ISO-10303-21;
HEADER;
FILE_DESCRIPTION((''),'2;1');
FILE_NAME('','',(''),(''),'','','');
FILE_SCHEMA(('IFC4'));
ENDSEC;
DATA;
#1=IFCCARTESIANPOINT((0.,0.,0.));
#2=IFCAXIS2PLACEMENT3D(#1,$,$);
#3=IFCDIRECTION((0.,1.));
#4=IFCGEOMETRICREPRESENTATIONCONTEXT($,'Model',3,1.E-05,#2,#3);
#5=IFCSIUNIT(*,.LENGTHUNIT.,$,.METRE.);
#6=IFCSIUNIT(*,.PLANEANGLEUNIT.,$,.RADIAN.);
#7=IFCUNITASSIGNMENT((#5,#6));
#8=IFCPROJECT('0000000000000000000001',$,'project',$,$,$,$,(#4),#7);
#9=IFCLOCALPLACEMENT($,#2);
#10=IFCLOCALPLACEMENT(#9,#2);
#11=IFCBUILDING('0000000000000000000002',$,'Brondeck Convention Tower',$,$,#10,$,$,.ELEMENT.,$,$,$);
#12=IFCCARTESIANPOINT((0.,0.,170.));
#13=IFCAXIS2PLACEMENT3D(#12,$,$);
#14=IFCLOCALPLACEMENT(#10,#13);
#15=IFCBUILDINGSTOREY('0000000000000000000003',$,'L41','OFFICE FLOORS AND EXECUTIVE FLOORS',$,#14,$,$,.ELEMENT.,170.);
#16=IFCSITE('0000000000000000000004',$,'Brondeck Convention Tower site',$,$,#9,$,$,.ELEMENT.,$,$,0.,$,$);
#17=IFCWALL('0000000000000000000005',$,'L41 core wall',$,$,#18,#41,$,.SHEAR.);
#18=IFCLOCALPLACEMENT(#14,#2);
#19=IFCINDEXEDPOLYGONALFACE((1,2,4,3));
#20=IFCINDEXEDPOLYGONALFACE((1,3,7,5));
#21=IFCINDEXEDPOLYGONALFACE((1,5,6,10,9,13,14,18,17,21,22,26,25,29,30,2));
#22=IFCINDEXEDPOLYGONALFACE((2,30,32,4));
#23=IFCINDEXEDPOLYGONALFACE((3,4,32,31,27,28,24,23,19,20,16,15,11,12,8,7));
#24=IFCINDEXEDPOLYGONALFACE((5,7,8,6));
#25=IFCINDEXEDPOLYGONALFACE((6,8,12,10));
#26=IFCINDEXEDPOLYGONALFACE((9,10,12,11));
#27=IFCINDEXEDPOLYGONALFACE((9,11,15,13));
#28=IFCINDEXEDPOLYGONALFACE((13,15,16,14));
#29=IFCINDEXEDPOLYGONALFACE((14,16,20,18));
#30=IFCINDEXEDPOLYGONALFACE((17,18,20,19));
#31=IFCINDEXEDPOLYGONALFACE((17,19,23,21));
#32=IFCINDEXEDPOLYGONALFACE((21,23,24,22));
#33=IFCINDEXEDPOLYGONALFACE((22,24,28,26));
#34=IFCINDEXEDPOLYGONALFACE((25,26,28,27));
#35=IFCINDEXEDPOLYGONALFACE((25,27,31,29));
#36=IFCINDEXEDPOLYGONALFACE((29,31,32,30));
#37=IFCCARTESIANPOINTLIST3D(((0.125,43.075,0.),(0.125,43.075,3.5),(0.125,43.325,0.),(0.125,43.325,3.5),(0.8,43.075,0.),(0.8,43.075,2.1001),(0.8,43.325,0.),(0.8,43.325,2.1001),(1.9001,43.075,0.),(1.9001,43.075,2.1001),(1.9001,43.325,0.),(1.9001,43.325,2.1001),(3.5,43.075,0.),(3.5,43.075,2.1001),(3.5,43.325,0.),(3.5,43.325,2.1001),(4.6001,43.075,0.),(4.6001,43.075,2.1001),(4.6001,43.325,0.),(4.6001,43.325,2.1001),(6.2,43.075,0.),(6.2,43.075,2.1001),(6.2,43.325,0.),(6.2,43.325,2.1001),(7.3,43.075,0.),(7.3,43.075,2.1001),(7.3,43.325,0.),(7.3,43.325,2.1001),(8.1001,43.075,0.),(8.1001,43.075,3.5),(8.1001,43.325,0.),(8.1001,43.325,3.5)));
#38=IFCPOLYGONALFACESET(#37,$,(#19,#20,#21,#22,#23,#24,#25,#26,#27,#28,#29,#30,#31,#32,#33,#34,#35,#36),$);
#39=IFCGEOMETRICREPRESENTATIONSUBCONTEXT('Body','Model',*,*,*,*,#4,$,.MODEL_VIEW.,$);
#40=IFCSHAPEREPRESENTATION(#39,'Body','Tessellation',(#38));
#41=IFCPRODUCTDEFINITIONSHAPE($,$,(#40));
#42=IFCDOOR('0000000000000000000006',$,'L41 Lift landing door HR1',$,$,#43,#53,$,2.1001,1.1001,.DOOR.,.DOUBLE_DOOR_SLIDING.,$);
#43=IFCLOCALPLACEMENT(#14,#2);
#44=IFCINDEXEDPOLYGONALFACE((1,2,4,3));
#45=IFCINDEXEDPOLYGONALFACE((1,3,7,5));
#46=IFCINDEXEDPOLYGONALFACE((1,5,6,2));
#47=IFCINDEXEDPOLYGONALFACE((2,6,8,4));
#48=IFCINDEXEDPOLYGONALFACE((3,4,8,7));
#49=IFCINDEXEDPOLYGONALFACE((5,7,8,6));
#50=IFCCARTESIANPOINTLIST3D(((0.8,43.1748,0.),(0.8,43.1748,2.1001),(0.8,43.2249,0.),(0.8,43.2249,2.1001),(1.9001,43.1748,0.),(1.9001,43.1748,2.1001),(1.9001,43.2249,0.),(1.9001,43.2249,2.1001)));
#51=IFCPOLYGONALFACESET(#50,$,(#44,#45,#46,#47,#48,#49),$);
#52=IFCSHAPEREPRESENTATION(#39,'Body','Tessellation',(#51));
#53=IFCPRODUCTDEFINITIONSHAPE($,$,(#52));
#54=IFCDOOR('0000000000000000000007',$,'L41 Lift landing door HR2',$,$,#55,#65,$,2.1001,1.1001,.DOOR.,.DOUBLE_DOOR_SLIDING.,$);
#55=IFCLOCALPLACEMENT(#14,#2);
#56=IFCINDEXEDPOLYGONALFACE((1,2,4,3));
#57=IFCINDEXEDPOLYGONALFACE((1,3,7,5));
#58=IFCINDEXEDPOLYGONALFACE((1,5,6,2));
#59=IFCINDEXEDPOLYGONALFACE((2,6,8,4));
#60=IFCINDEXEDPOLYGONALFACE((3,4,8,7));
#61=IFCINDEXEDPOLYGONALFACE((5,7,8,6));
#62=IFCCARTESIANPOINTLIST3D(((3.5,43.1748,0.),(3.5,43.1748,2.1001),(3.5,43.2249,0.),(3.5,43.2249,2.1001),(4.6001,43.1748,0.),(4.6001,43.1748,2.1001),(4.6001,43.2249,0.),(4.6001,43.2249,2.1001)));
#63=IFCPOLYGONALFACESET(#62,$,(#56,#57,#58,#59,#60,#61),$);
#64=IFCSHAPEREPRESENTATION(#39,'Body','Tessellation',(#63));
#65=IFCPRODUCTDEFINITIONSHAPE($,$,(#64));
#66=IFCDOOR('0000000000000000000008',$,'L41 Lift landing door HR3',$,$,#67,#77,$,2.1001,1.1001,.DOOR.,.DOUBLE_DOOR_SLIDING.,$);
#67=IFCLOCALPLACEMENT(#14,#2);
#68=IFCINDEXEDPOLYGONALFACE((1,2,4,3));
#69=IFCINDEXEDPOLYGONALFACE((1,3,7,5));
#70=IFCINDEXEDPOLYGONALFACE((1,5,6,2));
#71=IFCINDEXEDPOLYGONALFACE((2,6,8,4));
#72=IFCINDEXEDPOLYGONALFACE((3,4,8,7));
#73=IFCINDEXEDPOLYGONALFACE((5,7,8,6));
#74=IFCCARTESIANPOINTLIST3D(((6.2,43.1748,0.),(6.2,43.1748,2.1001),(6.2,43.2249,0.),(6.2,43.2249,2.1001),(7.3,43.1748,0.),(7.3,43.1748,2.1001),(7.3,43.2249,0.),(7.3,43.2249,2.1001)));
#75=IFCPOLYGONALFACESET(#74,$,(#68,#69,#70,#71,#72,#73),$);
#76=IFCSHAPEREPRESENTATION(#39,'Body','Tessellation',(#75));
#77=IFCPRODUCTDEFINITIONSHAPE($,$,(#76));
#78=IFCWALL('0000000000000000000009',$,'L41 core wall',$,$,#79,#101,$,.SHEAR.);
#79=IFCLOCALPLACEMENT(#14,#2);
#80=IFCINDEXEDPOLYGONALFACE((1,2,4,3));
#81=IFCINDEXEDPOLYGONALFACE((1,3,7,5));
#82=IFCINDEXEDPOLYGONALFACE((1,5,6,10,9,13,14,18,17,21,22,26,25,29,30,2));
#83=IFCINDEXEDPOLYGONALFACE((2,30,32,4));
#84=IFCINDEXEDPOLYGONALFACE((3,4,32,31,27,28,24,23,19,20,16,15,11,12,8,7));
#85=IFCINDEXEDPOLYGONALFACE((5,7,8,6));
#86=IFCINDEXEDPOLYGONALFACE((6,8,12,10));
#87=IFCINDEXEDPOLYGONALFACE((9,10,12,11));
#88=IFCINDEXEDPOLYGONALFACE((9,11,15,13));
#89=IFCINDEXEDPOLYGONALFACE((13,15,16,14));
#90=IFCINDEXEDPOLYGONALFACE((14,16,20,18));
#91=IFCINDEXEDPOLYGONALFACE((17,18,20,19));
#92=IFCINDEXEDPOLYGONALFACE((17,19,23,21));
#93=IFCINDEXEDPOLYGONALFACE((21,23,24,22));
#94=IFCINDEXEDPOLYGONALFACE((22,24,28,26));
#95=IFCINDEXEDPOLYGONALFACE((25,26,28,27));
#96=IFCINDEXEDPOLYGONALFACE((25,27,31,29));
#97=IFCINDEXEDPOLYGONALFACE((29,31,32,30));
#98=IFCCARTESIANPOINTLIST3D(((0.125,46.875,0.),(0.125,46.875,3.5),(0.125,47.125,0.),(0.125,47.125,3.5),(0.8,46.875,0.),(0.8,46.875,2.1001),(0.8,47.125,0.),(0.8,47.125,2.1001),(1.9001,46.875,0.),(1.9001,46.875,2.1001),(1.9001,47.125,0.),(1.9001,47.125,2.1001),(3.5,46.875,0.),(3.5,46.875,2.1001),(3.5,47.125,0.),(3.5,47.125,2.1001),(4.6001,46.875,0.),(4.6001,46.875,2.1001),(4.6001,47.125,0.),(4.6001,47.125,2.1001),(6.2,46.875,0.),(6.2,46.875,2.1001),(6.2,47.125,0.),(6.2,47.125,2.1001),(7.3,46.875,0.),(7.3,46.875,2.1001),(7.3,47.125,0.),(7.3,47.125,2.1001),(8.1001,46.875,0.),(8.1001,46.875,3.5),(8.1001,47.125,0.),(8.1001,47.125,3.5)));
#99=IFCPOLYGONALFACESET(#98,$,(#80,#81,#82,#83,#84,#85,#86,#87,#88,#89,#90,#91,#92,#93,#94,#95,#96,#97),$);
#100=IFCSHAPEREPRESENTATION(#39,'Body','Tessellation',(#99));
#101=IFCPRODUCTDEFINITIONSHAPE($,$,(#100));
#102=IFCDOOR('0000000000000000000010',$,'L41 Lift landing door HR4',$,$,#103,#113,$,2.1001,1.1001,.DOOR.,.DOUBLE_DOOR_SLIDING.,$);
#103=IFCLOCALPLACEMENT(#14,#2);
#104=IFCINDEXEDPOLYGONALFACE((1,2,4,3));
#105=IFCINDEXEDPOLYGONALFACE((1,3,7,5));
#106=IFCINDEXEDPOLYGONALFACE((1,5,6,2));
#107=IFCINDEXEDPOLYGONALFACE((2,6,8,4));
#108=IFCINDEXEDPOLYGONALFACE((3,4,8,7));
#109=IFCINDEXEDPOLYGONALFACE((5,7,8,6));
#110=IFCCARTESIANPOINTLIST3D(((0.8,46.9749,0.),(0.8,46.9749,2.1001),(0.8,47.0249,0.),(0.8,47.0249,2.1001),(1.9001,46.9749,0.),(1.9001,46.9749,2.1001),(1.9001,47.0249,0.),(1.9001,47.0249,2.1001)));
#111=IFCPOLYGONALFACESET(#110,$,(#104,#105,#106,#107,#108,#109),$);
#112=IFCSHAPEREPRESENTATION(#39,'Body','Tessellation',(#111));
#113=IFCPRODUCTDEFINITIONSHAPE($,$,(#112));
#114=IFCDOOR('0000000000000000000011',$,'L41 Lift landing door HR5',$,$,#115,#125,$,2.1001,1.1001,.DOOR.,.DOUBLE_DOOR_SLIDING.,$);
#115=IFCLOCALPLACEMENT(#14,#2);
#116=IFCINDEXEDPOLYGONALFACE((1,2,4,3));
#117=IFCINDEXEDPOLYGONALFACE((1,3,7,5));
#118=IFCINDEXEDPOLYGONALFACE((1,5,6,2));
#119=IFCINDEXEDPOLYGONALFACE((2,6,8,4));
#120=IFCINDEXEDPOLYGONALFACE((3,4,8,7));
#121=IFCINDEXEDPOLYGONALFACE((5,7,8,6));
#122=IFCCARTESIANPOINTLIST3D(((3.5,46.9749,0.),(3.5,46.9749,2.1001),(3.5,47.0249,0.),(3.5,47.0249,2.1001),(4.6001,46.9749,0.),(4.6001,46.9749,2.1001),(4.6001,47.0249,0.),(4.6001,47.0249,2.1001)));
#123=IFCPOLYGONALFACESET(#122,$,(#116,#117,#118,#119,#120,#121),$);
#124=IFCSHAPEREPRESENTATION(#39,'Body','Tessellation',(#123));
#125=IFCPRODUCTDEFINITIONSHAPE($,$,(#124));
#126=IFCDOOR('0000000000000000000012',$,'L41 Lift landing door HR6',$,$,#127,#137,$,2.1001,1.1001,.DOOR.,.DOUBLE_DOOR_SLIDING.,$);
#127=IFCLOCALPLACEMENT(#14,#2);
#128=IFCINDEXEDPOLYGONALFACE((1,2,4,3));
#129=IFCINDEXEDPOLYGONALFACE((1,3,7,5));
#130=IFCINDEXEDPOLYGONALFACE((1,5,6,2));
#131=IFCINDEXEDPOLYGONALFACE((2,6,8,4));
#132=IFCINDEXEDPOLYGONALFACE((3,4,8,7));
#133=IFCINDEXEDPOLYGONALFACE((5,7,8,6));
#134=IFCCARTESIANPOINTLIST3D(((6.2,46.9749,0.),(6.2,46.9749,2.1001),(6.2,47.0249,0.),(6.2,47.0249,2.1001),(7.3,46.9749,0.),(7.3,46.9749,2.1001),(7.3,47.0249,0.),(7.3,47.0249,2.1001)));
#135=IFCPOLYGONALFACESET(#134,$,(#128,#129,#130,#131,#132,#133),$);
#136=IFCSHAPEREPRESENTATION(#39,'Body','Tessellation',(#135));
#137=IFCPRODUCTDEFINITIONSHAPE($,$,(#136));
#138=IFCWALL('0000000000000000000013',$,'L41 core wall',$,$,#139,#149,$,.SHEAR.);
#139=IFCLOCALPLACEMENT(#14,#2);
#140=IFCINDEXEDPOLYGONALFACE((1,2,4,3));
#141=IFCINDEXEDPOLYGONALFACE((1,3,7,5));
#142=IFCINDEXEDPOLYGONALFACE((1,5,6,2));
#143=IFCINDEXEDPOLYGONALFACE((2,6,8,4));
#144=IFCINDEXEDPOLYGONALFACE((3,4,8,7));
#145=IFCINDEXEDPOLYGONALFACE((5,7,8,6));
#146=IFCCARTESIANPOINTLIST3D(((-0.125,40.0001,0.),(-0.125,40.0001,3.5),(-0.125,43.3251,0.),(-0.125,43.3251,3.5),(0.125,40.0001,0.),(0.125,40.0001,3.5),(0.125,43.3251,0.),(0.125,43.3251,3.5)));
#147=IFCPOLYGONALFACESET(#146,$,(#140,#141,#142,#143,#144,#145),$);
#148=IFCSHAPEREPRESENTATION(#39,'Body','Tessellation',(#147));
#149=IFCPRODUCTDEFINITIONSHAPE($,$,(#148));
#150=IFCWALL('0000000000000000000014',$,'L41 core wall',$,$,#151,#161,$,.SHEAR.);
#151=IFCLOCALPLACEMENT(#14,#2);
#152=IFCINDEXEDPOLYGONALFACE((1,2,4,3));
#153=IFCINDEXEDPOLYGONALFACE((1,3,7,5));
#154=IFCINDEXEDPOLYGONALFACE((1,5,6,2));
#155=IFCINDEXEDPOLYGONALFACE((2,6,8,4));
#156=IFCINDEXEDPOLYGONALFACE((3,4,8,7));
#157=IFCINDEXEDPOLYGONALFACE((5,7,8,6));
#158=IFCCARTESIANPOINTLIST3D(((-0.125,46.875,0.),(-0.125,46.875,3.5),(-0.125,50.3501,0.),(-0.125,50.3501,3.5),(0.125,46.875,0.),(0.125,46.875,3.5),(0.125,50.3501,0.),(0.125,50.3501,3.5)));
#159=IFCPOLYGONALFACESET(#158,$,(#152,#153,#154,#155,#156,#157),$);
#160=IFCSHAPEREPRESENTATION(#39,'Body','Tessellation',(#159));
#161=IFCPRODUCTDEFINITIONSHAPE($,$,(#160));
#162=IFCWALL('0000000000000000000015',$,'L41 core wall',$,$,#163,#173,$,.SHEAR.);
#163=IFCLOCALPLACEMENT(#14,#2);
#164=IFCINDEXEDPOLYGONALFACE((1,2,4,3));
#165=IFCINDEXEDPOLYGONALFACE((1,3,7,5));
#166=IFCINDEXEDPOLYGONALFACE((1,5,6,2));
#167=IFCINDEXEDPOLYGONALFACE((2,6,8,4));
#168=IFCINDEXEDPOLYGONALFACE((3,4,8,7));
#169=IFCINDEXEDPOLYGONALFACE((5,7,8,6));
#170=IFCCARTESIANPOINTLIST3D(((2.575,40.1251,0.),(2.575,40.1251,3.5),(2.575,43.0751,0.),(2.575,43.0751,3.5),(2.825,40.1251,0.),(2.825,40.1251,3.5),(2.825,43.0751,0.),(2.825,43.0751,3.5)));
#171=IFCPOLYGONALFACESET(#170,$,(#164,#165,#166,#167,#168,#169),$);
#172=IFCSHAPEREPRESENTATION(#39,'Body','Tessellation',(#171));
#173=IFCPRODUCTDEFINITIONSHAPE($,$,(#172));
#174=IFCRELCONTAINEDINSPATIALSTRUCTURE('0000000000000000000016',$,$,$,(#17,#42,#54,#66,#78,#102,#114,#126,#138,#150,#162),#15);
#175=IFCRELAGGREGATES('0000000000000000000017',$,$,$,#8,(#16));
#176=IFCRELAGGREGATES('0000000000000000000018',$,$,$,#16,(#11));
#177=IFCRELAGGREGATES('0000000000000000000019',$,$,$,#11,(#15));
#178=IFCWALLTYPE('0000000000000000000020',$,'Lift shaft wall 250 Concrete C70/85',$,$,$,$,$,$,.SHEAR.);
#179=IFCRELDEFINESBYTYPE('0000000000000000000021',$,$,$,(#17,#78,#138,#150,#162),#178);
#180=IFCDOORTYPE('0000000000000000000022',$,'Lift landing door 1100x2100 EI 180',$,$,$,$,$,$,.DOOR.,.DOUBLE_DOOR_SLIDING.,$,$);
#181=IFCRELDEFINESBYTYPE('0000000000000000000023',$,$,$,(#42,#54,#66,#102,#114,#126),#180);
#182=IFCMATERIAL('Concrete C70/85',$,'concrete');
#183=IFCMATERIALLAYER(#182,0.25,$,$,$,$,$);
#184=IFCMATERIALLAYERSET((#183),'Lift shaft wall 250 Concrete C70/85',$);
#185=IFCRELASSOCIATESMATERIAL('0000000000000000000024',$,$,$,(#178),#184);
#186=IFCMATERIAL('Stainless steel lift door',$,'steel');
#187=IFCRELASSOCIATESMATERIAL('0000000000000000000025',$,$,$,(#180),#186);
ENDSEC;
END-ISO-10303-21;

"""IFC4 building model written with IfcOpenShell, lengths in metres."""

from ifc_helpers import new_model, si_unit, direction, frame, frame_2d, origin, place, context, subcontext, project, spatial, rectangle, extrude, material, layer, layer_set, type_object, element, fill, save


model = new_model("IFC4")

# Units and contexts
model_context = context("Model", 3, precision=1e-05, world=origin(), true_north=direction((0.0, 1.0)))
body_context = subcontext(model_context, "Body", "Model", "MODEL_VIEW")
ifc_project = project(units=[si_unit("LENGTHUNIT", "METRE"), si_unit("PLANEANGLEUNIT", "RADIAN")], contexts=[model_context])

# Site, building, storey
site_placement = place(None, origin())
site = spatial("IfcSite", under=ifc_project, at=site_placement, Name="Brondeck Convention Tower site", CompositionType="ELEMENT", RefElevation=0.0)
building_placement = place(site_placement, origin())
building = spatial("IfcBuilding", under=site, at=building_placement, Name="Brondeck Convention Tower", CompositionType="ELEMENT")
storey_placement = place(building_placement, frame((0.0, 0.0, 170.0)))
storey = spatial("IfcBuildingStorey", under=building, at=storey_placement, Name="L41", Description="OFFICE FLOORS AND EXECUTIVE FLOORS", CompositionType="ELEMENT", Elevation=170.0)

# Shared definitions
ifc_material_1 = material(Name="Concrete C70/85", Category="concrete")

# Shared definitions
ifc_layer_1 = layer(ifc_material_1, 0.25)
ifc_layer_set_1 = layer_set([ifc_layer_1], Name="Lift shaft wall 250 Concrete C70/85")
wall_type_1 = type_object("IfcWallType", Name="Lift shaft wall 250 Concrete C70/85", PredefinedType="SHEAR", material=ifc_layer_set_1)

# Walls, openings, doors
wall_1_placement = place(storey_placement, frame((0.125, 43.2, 0.0), z_axis=(0.0, 0.0, 1.0), x_axis=(1.0, 0.0, 0.0)))
wall_1 = element("IfcWall", 1, at=wall_1_placement, inside=storey, type_object=wall_type_1, Name="L41 core wall", PredefinedType="SHEAR", context=body_context, shape_type="SweptSolid", body=[
    extrude(rectangle(XDim=7.9751, YDim=0.25, at=frame_2d((3.9875, 0.0))), origin(), (0.0, 0.0, 1.0), 3.5),
])
opening_1_placement = place(wall_1_placement, frame((0.675, 0.0, 0.0)))
opening_1 = element("IfcOpeningElement", 2, at=opening_1_placement, cuts=wall_1, PredefinedType="OPENING", context=body_context, shape_type="SweptSolid", body=[
    extrude(rectangle(XDim=1.1001, YDim=2.1001, at=frame_2d((0.55, 1.05))), frame((0.0, 0.135, 0.0), z_axis=(0.0, -1.0, 0.0), x_axis=(1.0, 0.0, 0.0)), (0.0, 0.0, 1.0), 0.27),
])
opening_2_placement = place(wall_1_placement, frame((3.375, 0.0, 0.0)))
opening_2 = element("IfcOpeningElement", 3, at=opening_2_placement, cuts=wall_1, PredefinedType="OPENING", context=body_context, shape_type="SweptSolid", body=[
    extrude(rectangle(XDim=1.1001, YDim=2.1001, at=frame_2d((0.55, 1.05))), frame((0.0, 0.135, 0.0), z_axis=(0.0, -1.0, 0.0), x_axis=(1.0, 0.0, 0.0)), (0.0, 0.0, 1.0), 0.27),
])
opening_3_placement = place(wall_1_placement, frame((6.075, 0.0, 0.0)))
opening_3 = element("IfcOpeningElement", 4, at=opening_3_placement, cuts=wall_1, PredefinedType="OPENING", context=body_context, shape_type="SweptSolid", body=[
    extrude(rectangle(XDim=1.1001, YDim=2.1001, at=frame_2d((0.55, 1.05))), frame((0.0, 0.135, 0.0), z_axis=(0.0, -1.0, 0.0), x_axis=(1.0, 0.0, 0.0)), (0.0, 0.0, 1.0), 0.27),
])
ifc_material_2 = material(Name="Stainless steel lift door", Category="steel")
door_type_1 = type_object("IfcDoorType", Name="Lift landing door 1100x2100 EI 180", OperationType="DOUBLE_DOOR_SLIDING", PredefinedType="DOOR", material=ifc_material_2)
door_1_placement = place(opening_1_placement, origin())
door_1 = element("IfcDoor", 5, at=door_1_placement, inside=storey, type_object=door_type_1, Name="L41 Lift landing door HR1", OperationType="DOUBLE_DOOR_SLIDING", OverallHeight=2.1001, OverallWidth=1.1001, PredefinedType="DOOR", context=body_context, shape_type="SweptSolid", body=[
    extrude(rectangle(XDim=1.1001, YDim=2.1001, at=frame_2d((0.55, 1.05))), frame((0.0, 0.0249, 0.0), z_axis=(0.0, -1.0, 0.0), x_axis=(1.0, 0.0, 0.0)), (0.0, 0.0, 1.0), 0.05),
])
fill(opening_1, door_1)
door_2_placement = place(opening_2_placement, origin())
door_2 = element("IfcDoor", 6, at=door_2_placement, inside=storey, type_object=door_type_1, Name="L41 Lift landing door HR2", OperationType="DOUBLE_DOOR_SLIDING", OverallHeight=2.1001, OverallWidth=1.1001, PredefinedType="DOOR", context=body_context, shape_type="SweptSolid", body=[
    extrude(rectangle(XDim=1.1001, YDim=2.1001, at=frame_2d((0.55, 1.05))), frame((0.0, 0.0249, 0.0), z_axis=(0.0, -1.0, 0.0), x_axis=(1.0, 0.0, 0.0)), (0.0, 0.0, 1.0), 0.05),
])
fill(opening_2, door_2)
door_3_placement = place(opening_3_placement, origin())
door_3 = element("IfcDoor", 7, at=door_3_placement, inside=storey, type_object=door_type_1, Name="L41 Lift landing door HR3", OperationType="DOUBLE_DOOR_SLIDING", OverallHeight=2.1001, OverallWidth=1.1001, PredefinedType="DOOR", context=body_context, shape_type="SweptSolid", body=[
    extrude(rectangle(XDim=1.1001, YDim=2.1001, at=frame_2d((0.55, 1.05))), frame((0.0, 0.0249, 0.0), z_axis=(0.0, -1.0, 0.0), x_axis=(1.0, 0.0, 0.0)), (0.0, 0.0, 1.0), 0.05),
])
fill(opening_3, door_3)
wall_2_placement = place(storey_placement, frame((0.125, 47.0, 0.0), z_axis=(0.0, 0.0, 1.0), x_axis=(1.0, 0.0, 0.0)))
wall_2 = element("IfcWall", 8, at=wall_2_placement, inside=storey, type_object=wall_type_1, Name="L41 core wall", PredefinedType="SHEAR", context=body_context, shape_type="SweptSolid", body=[
    extrude(rectangle(XDim=7.9751, YDim=0.25, at=frame_2d((3.9875, 0.0))), origin(), (0.0, 0.0, 1.0), 3.5),
])
opening_4_placement = place(wall_2_placement, frame((0.675, 0.0, 0.0)))
opening_4 = element("IfcOpeningElement", 9, at=opening_4_placement, cuts=wall_2, PredefinedType="OPENING", context=body_context, shape_type="SweptSolid", body=[
    extrude(rectangle(XDim=1.1001, YDim=2.1001, at=frame_2d((0.55, 1.05))), frame((0.0, 0.135, 0.0), z_axis=(0.0, -1.0, 0.0), x_axis=(1.0, 0.0, 0.0)), (0.0, 0.0, 1.0), 0.27),
])
opening_5_placement = place(wall_2_placement, frame((3.375, 0.0, 0.0)))
opening_5 = element("IfcOpeningElement", 10, at=opening_5_placement, cuts=wall_2, PredefinedType="OPENING", context=body_context, shape_type="SweptSolid", body=[
    extrude(rectangle(XDim=1.1001, YDim=2.1001, at=frame_2d((0.55, 1.05))), frame((0.0, 0.135, 0.0), z_axis=(0.0, -1.0, 0.0), x_axis=(1.0, 0.0, 0.0)), (0.0, 0.0, 1.0), 0.27),
])
opening_6_placement = place(wall_2_placement, frame((6.075, 0.0, 0.0)))
opening_6 = element("IfcOpeningElement", 11, at=opening_6_placement, cuts=wall_2, PredefinedType="OPENING", context=body_context, shape_type="SweptSolid", body=[
    extrude(rectangle(XDim=1.1001, YDim=2.1001, at=frame_2d((0.55, 1.05))), frame((0.0, 0.135, 0.0), z_axis=(0.0, -1.0, 0.0), x_axis=(1.0, 0.0, 0.0)), (0.0, 0.0, 1.0), 0.27),
])
door_4_placement = place(opening_4_placement, origin())
door_4 = element("IfcDoor", 12, at=door_4_placement, inside=storey, type_object=door_type_1, Name="L41 Lift landing door HR4", OperationType="DOUBLE_DOOR_SLIDING", OverallHeight=2.1001, OverallWidth=1.1001, PredefinedType="DOOR", context=body_context, shape_type="SweptSolid", body=[
    extrude(rectangle(XDim=1.1001, YDim=2.1001, at=frame_2d((0.55, 1.05))), frame((0.0, 0.0249, 0.0), z_axis=(0.0, -1.0, 0.0), x_axis=(1.0, 0.0, 0.0)), (0.0, 0.0, 1.0), 0.05),
])
fill(opening_4, door_4)
door_5_placement = place(opening_5_placement, origin())
door_5 = element("IfcDoor", 13, at=door_5_placement, inside=storey, type_object=door_type_1, Name="L41 Lift landing door HR5", OperationType="DOUBLE_DOOR_SLIDING", OverallHeight=2.1001, OverallWidth=1.1001, PredefinedType="DOOR", context=body_context, shape_type="SweptSolid", body=[
    extrude(rectangle(XDim=1.1001, YDim=2.1001, at=frame_2d((0.55, 1.05))), frame((0.0, 0.0249, 0.0), z_axis=(0.0, -1.0, 0.0), x_axis=(1.0, 0.0, 0.0)), (0.0, 0.0, 1.0), 0.05),
])
fill(opening_5, door_5)
door_6_placement = place(opening_6_placement, origin())
door_6 = element("IfcDoor", 14, at=door_6_placement, inside=storey, type_object=door_type_1, Name="L41 Lift landing door HR6", OperationType="DOUBLE_DOOR_SLIDING", OverallHeight=2.1001, OverallWidth=1.1001, PredefinedType="DOOR", context=body_context, shape_type="SweptSolid", body=[
    extrude(rectangle(XDim=1.1001, YDim=2.1001, at=frame_2d((0.55, 1.05))), frame((0.0, 0.0249, 0.0), z_axis=(0.0, -1.0, 0.0), x_axis=(1.0, 0.0, 0.0)), (0.0, 0.0, 1.0), 0.05),
])
fill(opening_6, door_6)

# Walls
wall_3_placement = place(storey_placement, frame((0.0, 40.0, 0.0), z_axis=(0.0, 0.0, 1.0), x_axis=(0.0, 1.0, 0.0)))
element("IfcWall", 15, at=wall_3_placement, inside=storey, type_object=wall_type_1, Name="L41 core wall", PredefinedType="SHEAR", context=body_context, shape_type="SweptSolid", body=[
    extrude(rectangle(XDim=3.325, YDim=0.25, at=frame_2d((1.6626, 0.0))), origin(), (0.0, 0.0, 1.0), 3.5),
])
wall_4_placement = place(storey_placement, frame((0.0, 46.875, 0.0), z_axis=(0.0, 0.0, 1.0), x_axis=(0.0, 1.0, 0.0)))
element("IfcWall", 16, at=wall_4_placement, inside=storey, type_object=wall_type_1, Name="L41 core wall", PredefinedType="SHEAR", context=body_context, shape_type="SweptSolid", body=[
    extrude(rectangle(XDim=3.4751, YDim=0.25, at=frame_2d((1.7375, 0.0))), origin(), (0.0, 0.0, 1.0), 3.5),
])
for number, where, z_axis, x_axis, name in (
    (17, (2.7, 40.125, 0.0), (0.0, 0.0, 1.0), (0.0, 1.0, 0.0), "L41 core wall"),
):
    element("IfcWall", number, at=place(storey_placement, frame(where, z_axis=z_axis, x_axis=x_axis)), inside=storey, type_object=wall_type_1, Name=name, PredefinedType="SHEAR", context=body_context, shape_type="SweptSolid", body=[
        extrude(rectangle(XDim=2.95, YDim=0.25, at=frame_2d((1.4751, 0.0))), origin(), (0.0, 0.0, 1.0), 3.5),
    ])

save(model, "model.ifc")
